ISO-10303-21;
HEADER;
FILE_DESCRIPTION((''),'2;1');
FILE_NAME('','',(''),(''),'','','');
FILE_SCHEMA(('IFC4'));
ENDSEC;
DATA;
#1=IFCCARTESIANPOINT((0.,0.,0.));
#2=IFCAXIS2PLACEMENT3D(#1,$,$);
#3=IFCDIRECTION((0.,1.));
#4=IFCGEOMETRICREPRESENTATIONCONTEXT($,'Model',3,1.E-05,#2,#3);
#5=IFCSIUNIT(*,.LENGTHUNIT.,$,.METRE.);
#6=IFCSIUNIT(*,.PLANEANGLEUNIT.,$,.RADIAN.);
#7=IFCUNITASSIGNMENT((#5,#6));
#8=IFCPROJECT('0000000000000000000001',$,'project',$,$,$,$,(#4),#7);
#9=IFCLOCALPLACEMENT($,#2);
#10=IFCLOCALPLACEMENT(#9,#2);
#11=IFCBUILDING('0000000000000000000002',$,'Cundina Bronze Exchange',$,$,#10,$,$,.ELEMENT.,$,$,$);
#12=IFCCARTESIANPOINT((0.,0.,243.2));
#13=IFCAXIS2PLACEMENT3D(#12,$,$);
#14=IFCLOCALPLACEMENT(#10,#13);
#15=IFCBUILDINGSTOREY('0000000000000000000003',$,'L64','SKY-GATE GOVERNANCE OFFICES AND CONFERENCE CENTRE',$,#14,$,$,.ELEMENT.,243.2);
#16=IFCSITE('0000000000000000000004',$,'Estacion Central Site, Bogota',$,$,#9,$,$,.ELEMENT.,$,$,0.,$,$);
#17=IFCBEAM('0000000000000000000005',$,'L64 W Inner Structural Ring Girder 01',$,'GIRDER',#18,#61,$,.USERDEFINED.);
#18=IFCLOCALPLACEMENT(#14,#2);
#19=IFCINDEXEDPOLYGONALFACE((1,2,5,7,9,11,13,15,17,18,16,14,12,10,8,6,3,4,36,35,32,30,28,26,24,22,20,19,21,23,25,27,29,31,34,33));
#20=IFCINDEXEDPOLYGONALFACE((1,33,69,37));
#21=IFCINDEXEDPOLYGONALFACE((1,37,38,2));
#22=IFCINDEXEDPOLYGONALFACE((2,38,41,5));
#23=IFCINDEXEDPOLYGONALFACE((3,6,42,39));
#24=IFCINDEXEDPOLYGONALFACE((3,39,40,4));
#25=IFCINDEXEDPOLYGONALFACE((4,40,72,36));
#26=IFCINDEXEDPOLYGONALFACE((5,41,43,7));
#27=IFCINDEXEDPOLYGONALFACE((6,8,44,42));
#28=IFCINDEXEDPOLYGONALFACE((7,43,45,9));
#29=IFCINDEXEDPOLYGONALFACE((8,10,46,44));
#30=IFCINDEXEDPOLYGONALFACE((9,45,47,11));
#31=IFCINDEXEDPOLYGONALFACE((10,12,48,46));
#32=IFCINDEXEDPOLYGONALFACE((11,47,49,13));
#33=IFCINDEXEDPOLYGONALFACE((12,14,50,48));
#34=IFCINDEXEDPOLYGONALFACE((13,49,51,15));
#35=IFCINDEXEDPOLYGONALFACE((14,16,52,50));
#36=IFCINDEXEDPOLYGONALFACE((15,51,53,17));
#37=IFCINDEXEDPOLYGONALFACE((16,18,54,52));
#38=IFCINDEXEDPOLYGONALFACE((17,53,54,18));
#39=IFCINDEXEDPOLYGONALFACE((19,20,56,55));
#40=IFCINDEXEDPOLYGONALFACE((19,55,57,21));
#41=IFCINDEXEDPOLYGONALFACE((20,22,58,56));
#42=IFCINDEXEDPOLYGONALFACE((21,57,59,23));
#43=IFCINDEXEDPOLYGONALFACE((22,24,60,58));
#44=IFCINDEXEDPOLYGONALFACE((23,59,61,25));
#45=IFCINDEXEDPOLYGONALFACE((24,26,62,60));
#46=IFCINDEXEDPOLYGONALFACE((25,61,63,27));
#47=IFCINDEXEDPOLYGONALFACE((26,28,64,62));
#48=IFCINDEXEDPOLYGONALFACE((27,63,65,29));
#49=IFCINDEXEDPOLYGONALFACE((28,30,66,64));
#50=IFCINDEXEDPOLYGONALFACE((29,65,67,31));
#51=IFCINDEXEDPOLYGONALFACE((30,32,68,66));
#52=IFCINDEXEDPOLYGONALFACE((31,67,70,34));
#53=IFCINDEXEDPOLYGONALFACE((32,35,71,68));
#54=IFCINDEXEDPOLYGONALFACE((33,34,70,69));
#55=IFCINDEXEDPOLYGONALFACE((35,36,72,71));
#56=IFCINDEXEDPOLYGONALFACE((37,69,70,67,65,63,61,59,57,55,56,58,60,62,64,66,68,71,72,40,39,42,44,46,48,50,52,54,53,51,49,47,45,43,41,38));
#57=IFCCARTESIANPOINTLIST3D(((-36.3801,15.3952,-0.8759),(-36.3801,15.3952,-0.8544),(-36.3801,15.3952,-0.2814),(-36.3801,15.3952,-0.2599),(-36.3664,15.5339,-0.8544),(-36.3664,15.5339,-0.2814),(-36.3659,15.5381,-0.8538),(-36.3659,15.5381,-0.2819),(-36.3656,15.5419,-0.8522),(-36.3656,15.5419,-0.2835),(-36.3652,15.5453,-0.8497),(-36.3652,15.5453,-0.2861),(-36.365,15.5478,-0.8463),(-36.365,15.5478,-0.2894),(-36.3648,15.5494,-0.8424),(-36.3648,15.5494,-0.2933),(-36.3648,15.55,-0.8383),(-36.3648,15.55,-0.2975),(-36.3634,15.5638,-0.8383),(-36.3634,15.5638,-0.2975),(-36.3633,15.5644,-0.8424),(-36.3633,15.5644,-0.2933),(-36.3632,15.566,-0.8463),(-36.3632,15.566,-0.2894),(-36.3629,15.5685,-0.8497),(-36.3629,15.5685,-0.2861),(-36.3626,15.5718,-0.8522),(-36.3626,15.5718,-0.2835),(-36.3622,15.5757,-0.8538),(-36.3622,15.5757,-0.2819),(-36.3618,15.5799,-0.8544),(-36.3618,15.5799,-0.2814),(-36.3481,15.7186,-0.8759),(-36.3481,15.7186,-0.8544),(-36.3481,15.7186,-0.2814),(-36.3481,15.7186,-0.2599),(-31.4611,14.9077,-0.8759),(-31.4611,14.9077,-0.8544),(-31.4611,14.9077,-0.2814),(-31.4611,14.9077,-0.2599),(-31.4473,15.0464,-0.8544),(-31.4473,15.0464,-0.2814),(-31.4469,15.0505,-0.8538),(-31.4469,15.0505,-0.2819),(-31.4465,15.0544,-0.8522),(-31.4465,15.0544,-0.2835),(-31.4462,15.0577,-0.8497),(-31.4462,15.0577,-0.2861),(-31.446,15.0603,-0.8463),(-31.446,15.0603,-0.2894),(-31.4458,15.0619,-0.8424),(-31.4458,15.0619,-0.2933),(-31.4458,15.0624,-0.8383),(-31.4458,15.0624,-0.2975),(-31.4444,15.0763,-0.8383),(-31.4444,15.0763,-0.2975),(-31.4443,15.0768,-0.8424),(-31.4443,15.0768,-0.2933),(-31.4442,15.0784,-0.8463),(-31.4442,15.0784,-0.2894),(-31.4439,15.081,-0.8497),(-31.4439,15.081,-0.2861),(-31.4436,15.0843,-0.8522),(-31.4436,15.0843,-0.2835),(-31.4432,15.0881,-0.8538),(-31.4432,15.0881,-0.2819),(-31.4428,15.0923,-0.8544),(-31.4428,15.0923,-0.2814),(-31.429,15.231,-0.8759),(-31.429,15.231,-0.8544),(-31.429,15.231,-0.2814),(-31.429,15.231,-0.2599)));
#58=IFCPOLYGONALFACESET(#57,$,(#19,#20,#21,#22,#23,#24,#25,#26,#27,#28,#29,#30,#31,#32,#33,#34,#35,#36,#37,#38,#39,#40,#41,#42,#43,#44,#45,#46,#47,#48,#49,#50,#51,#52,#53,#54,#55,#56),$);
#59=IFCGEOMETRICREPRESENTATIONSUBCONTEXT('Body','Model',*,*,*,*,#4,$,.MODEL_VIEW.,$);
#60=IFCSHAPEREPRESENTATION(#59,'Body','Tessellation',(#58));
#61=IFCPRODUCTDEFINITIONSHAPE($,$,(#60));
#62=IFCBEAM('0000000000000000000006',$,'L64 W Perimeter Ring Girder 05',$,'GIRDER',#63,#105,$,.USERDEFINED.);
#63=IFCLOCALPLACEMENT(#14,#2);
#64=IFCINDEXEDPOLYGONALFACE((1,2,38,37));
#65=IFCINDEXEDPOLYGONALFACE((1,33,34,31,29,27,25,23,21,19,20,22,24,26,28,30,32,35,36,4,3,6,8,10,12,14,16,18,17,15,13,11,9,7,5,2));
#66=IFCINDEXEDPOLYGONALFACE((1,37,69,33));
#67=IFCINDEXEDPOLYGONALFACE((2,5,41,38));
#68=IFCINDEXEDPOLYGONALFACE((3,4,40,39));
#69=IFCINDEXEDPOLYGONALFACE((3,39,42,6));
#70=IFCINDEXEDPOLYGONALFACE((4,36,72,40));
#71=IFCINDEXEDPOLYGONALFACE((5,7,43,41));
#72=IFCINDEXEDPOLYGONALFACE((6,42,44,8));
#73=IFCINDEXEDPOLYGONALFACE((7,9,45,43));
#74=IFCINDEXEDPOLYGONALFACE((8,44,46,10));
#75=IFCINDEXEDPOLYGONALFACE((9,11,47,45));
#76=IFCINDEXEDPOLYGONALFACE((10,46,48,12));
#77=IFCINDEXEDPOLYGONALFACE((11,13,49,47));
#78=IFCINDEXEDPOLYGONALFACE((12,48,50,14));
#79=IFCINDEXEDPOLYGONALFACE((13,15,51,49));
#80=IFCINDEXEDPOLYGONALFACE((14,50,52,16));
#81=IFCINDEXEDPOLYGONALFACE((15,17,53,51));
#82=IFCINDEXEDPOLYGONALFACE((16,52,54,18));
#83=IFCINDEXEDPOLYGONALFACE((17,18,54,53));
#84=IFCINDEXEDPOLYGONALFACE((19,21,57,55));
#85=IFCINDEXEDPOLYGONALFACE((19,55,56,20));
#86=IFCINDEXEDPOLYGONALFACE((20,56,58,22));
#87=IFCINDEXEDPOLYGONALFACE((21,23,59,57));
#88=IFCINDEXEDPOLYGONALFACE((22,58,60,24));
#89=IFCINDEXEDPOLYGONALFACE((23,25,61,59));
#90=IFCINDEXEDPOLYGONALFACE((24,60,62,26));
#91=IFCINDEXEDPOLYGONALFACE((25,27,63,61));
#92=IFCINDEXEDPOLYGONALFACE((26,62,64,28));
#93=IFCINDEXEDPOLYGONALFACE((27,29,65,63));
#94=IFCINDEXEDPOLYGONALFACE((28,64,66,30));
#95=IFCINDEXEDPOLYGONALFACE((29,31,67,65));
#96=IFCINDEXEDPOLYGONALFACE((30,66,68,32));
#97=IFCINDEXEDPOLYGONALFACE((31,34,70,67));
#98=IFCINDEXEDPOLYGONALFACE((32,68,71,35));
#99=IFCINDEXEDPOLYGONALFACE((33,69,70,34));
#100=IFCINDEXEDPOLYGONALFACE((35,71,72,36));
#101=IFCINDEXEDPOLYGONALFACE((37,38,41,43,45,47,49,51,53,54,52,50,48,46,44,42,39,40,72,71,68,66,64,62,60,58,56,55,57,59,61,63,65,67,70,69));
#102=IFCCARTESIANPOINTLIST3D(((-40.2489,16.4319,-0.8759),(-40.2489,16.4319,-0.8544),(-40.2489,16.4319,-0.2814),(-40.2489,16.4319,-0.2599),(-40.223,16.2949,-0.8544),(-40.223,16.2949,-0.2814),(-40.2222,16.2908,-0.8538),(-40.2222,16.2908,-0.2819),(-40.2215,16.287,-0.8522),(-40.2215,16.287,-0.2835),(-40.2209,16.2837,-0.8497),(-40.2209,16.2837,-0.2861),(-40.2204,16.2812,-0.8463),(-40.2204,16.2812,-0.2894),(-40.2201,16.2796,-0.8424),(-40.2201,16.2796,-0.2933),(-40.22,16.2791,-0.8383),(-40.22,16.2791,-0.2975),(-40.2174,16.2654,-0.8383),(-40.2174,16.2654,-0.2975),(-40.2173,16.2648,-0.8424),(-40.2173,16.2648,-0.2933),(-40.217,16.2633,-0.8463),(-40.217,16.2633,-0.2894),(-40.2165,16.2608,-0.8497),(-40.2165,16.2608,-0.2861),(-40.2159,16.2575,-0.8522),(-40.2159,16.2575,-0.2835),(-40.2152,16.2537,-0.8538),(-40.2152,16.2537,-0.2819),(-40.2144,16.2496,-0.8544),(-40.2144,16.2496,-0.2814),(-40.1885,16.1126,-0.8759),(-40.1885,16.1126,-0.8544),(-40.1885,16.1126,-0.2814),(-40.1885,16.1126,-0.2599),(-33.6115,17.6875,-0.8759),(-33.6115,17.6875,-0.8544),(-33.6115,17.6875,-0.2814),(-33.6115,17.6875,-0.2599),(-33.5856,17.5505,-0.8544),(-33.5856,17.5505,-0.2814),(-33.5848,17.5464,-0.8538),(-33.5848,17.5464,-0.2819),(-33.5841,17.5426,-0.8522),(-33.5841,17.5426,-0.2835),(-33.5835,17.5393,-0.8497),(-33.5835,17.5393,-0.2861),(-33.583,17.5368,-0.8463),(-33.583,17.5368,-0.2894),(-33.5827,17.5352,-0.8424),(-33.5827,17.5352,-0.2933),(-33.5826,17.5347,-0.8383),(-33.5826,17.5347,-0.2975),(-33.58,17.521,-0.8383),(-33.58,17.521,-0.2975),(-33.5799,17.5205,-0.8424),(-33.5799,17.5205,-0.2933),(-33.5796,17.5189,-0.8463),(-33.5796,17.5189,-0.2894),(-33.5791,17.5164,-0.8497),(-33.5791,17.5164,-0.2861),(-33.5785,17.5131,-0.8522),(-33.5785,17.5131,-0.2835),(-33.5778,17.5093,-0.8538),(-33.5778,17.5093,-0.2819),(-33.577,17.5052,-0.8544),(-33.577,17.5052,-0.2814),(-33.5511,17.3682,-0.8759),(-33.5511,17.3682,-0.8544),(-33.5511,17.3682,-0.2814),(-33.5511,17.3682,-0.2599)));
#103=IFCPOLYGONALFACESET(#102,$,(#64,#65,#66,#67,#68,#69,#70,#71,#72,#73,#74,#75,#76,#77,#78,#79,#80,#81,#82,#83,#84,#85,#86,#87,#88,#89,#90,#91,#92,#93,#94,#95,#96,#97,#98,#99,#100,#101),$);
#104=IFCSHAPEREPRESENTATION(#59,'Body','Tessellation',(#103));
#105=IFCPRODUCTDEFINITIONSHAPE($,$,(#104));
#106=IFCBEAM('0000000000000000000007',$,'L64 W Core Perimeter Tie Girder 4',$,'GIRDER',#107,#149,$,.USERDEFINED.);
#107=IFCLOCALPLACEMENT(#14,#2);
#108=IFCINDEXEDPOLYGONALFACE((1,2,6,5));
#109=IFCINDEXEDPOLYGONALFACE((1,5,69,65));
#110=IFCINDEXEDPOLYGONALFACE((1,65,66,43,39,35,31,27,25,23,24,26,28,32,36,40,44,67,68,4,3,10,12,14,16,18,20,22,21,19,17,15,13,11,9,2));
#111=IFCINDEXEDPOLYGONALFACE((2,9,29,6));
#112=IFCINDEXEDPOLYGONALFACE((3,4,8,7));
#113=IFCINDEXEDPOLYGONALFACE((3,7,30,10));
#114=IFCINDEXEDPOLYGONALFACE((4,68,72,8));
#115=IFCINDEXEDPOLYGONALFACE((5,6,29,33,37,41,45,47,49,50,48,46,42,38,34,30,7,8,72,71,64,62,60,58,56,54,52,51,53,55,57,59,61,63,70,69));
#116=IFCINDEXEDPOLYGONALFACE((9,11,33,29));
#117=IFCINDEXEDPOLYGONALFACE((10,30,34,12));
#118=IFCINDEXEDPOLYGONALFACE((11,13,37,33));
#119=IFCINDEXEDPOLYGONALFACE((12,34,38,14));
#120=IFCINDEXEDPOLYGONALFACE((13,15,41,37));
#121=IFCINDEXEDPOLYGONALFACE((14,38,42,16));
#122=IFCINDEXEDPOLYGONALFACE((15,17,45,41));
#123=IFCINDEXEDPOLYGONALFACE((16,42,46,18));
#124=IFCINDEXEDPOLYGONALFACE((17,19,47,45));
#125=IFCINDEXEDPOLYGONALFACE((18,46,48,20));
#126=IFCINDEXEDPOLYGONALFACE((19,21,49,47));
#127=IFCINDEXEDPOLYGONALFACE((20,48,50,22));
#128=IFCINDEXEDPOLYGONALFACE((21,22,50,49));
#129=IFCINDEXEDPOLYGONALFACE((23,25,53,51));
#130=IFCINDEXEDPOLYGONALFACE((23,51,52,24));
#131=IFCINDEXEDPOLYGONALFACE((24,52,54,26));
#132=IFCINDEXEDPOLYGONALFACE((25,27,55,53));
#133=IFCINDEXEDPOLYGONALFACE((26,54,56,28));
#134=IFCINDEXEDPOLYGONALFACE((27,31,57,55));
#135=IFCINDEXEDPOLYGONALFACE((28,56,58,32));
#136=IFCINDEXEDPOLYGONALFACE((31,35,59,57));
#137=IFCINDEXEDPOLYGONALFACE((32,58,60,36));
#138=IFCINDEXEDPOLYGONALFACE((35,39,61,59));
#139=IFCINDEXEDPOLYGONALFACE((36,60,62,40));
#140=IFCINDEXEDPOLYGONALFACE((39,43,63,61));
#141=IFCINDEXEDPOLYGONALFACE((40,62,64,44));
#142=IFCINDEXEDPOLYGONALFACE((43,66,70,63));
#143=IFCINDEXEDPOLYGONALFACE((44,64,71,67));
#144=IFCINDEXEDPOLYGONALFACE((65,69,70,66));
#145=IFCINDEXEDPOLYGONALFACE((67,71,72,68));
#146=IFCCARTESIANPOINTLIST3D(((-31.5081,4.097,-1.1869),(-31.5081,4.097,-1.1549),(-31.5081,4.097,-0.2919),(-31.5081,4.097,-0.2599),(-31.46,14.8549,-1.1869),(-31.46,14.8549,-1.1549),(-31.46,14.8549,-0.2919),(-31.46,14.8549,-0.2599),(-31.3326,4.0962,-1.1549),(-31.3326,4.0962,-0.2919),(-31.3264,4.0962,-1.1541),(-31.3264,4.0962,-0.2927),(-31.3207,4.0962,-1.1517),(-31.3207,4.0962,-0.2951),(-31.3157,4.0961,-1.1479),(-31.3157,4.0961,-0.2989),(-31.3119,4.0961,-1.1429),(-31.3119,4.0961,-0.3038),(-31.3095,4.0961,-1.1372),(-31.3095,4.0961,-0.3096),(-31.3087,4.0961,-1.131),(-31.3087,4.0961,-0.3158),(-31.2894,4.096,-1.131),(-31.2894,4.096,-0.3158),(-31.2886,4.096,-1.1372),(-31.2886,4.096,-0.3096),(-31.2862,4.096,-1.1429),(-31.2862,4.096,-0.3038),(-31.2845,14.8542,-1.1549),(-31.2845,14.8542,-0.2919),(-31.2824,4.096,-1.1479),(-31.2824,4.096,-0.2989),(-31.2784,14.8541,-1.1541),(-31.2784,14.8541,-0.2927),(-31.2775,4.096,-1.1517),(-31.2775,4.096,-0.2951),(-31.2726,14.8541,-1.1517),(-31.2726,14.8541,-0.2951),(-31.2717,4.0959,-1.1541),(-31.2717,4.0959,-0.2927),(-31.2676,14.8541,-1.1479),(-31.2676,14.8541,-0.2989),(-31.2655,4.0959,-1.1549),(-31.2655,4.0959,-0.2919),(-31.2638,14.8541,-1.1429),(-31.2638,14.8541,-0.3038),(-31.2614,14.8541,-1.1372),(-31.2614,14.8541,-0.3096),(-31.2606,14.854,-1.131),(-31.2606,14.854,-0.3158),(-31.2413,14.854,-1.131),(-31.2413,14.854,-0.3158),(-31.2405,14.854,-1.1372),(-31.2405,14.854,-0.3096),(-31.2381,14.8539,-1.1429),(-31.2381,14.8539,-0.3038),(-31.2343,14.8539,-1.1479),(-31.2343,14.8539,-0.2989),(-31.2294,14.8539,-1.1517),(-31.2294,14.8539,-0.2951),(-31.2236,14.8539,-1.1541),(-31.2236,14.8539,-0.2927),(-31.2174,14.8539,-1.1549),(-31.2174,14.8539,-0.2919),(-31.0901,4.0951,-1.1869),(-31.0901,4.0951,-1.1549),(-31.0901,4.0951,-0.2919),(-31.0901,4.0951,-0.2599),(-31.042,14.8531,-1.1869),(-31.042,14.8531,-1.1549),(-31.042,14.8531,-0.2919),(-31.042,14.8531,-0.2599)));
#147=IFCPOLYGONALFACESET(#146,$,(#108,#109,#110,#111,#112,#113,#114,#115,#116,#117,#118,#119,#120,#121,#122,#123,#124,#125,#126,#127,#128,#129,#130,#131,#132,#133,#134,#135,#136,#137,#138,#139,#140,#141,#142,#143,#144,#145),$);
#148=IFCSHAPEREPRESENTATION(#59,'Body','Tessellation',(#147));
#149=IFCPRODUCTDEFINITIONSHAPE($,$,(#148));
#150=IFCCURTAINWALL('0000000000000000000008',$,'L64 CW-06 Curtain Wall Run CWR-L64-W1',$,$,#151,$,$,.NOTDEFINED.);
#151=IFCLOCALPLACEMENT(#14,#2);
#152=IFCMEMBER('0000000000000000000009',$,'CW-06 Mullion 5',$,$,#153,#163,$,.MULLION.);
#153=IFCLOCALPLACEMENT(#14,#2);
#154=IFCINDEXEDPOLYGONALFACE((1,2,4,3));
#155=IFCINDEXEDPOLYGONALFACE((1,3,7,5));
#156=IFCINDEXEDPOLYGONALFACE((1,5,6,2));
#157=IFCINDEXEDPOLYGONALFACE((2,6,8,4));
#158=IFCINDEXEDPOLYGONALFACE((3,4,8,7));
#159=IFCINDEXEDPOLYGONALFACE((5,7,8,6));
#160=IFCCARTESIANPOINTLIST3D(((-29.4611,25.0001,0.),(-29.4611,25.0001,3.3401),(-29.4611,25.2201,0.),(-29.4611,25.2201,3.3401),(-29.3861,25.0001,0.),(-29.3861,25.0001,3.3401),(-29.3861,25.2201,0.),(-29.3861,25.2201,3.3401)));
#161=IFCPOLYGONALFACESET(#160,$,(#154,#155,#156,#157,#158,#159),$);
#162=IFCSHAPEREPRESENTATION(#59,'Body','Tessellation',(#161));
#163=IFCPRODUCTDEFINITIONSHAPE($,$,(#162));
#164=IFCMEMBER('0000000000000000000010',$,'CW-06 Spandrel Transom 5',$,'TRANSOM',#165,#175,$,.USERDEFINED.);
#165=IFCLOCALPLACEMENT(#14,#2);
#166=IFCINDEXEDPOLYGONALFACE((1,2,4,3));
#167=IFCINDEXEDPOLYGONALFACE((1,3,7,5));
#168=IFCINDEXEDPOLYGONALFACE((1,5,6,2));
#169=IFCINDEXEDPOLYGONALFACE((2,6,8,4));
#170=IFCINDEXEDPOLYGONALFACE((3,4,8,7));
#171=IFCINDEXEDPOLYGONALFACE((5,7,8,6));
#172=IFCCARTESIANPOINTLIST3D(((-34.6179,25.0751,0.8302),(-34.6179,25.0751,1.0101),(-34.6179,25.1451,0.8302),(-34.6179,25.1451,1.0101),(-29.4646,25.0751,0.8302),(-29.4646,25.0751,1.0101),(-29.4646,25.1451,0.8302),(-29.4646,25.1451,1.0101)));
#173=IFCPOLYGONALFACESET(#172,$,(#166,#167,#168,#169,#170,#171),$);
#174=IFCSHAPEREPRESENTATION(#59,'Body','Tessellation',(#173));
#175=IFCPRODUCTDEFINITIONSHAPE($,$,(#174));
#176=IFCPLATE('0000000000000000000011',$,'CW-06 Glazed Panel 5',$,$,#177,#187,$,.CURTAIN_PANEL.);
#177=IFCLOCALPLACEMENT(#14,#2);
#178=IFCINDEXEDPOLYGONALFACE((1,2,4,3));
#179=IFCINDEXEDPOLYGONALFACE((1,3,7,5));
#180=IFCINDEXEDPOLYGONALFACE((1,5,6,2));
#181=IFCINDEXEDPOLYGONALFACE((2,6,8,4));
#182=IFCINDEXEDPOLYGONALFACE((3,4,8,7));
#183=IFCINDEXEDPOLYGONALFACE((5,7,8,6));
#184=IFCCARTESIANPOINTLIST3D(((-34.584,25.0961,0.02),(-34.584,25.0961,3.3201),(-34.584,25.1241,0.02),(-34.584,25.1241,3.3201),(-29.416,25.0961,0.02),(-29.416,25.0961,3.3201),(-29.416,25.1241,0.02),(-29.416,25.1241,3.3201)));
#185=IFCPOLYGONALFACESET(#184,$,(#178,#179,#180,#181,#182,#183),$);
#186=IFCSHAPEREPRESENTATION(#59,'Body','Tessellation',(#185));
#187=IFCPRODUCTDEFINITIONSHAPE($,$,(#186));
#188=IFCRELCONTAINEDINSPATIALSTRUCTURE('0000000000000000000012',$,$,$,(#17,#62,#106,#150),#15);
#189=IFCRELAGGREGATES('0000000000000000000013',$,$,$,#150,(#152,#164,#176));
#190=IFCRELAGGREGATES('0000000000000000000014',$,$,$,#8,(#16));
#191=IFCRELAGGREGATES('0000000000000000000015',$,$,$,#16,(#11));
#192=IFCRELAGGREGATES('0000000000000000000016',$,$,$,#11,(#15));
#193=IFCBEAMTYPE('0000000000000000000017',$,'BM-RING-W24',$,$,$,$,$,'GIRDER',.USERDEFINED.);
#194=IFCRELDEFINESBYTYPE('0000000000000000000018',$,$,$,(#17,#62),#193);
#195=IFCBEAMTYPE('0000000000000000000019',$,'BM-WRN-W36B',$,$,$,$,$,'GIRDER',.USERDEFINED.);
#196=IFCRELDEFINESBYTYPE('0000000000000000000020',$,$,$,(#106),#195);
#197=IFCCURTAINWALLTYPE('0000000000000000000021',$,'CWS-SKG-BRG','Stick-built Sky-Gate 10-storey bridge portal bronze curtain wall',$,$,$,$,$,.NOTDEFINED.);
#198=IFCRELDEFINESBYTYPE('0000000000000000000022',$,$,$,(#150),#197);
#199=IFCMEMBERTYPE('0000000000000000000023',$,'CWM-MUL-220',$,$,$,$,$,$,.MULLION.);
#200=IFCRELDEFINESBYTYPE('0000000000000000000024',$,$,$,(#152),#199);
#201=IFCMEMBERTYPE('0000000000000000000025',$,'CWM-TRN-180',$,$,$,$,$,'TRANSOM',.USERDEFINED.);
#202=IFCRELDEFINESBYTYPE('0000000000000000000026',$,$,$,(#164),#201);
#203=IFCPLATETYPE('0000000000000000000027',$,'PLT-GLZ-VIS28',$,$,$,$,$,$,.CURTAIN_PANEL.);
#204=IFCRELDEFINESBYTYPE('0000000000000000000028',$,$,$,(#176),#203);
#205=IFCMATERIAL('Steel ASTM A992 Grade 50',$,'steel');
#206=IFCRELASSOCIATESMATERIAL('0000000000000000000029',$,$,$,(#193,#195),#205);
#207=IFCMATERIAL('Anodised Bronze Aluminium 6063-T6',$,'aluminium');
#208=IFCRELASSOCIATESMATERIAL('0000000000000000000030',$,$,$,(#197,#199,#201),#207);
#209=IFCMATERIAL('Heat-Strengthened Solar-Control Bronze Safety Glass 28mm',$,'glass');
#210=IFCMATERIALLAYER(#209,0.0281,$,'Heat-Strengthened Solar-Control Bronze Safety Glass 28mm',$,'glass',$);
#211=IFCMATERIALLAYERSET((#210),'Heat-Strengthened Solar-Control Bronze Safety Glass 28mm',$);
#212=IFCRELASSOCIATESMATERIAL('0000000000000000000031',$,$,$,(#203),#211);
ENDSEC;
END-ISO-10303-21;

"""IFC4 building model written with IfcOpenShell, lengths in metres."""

from ifc_helpers import new_model, si_unit, direction, frame, origin, origin_2d, place, context, subcontext, project, spatial, rectangle, i_section, extrude, material, layer, layer_set, material_profile, profile_set, type_object, element, aggregate, save


model = new_model("IFC4")

# Units and contexts
model_context = context("Model", 3, precision=1e-05, world=origin(), true_north=direction((0.0, 1.0)))
body_context = subcontext(model_context, "Body", "Model", "MODEL_VIEW")
ifc_project = project(units=[si_unit("LENGTHUNIT", "METRE"), si_unit("PLANEANGLEUNIT", "RADIAN")], contexts=[model_context])

# Site, building, storey
site_placement = place(None, origin())
site = spatial("IfcSite", under=ifc_project, at=site_placement, Name="Estacion Central Site, Bogota", CompositionType="ELEMENT", RefElevation=0.0)
building_placement = place(site_placement, origin())
building = spatial("IfcBuilding", under=site, at=building_placement, Name="Cundina Bronze Exchange", CompositionType="ELEMENT")
storey_placement = place(building_placement, frame((0.0, 0.0, 243.2)))
storey = spatial("IfcBuildingStorey", under=building, at=storey_placement, Name="L64", Description="SKY-GATE GOVERNANCE OFFICES AND CONFERENCE CENTRE", CompositionType="ELEMENT", Elevation=243.2)

# Shared definitions
ifc_material_1 = material(Name="Steel ASTM A992 Grade 50", Category="steel")

# Beams
ifc_material_profile_1 = material_profile(ifc_material_1, i_section(OverallWidth=0.325, OverallDepth=0.616, WebThickness=0.0139, FlangeThickness=0.0215, FilletRadius=0.0161, at=origin_2d()), Name="W24X117", Category="steel")
ifc_profile_set_1 = profile_set([ifc_material_profile_1], Name="Steel ASTM A992 Grade 50")
beam_type_1 = type_object("IfcBeamType", Name="BM-RING-W24", ElementType="GIRDER", PredefinedType="USERDEFINED", material=ifc_profile_set_1)
beam_1_placement = place(storey_placement, frame((-31.4451, 15.0693, -0.5679), z_axis=(-0.995124, 0.098633, 0.0), x_axis=(-0.098633, -0.995124, 0.0)))
element("IfcBeam", 1, at=beam_1_placement, inside=storey, type_object=beam_type_1, Name="L64 W Inner Structural Ring Girder 01", ObjectType="GIRDER", PredefinedType="USERDEFINED", context=body_context, shape_type="SweptSolid", body=[
    extrude(i_section(OverallWidth=0.325, OverallDepth=0.616, WebThickness=0.0139, FlangeThickness=0.0215, FilletRadius=0.0161, at=origin_2d()), origin(), (0.0, 0.0, 1.0), 4.9431),
])
beam_2_placement = place(storey_placement, frame((-33.5813, 17.5278, -0.5679), z_axis=(-0.982573, -0.185875, 0.0), x_axis=(0.185875, -0.982573, 0.0)))
element("IfcBeam", 2, at=beam_2_placement, inside=storey, type_object=beam_type_1, Name="L64 W Perimeter Ring Girder 05", ObjectType="GIRDER", PredefinedType="USERDEFINED", context=body_context, shape_type="SweptSolid", body=[
    extrude(i_section(OverallWidth=0.325, OverallDepth=0.616, WebThickness=0.0139, FlangeThickness=0.0215, FilletRadius=0.0161, at=origin_2d()), origin(), (0.0, 0.0, 1.0), 6.7551),
])
ifc_material_profile_2 = material_profile(ifc_material_1, i_section(OverallWidth=0.418, OverallDepth=0.927, WebThickness=0.0193, FlangeThickness=0.032, FilletRadius=0.0239, at=origin_2d()), Name="W36X231", Category="steel")
ifc_profile_set_2 = profile_set([ifc_material_profile_2], Name="Steel ASTM A992 Grade 50")
beam_type_2 = type_object("IfcBeamType", Name="BM-WRN-W36B", ElementType="GIRDER", PredefinedType="USERDEFINED", material=ifc_profile_set_2)
beam_3_placement = place(storey_placement, frame((-31.251, 14.854, -0.7234), z_axis=(-0.004471, -0.99999, 0.0), x_axis=(0.99999, -0.004471, 0.0)))
element("IfcBeam", 3, at=beam_3_placement, inside=storey, type_object=beam_type_2, Name="L64 W Core Perimeter Tie Girder 4", ObjectType="GIRDER", PredefinedType="USERDEFINED", context=body_context, shape_type="SweptSolid", body=[
    extrude(i_section(OverallWidth=0.418, OverallDepth=0.927, WebThickness=0.0193, FlangeThickness=0.032, FilletRadius=0.0239, at=origin_2d()), origin(), (0.0, 0.0, 1.0), 10.7581),
])

# Curtain wall, members, plate
ifc_material_2 = material(Name="Anodised Bronze Aluminium 6063-T6", Category="aluminium")
curtain_wall_type = type_object("IfcCurtainWallType", Name="CWS-SKG-BRG", Description="Stick-built Sky-Gate 10-storey bridge portal bronze curtain wall", PredefinedType="NOTDEFINED", material=ifc_material_2)
curtain_wall_placement = place(storey_placement, origin())
curtain_wall = element("IfcCurtainWall", 4, at=curtain_wall_placement, inside=storey, type_object=curtain_wall_type, Name="L64 CW-06 Curtain Wall Run CWR-L64-W1", PredefinedType="NOTDEFINED")
ifc_material_profile_3 = material_profile(ifc_material_2, rectangle(XDim=0.075, YDim=0.22, at=origin_2d()), Name="AL75X220", Category="aluminium")
ifc_profile_set_3 = profile_set([ifc_material_profile_3], Name="Anodised Bronze Aluminium 6063-T6")
member_type_1 = type_object("IfcMemberType", Name="CWM-MUL-220", PredefinedType="MULLION", material=ifc_profile_set_3)
member_1_placement = place(storey_placement, frame((-29.4236, 25.1101, 0.0), z_axis=(0.0, 0.0, 1.0), x_axis=(-1.0, 0.0, 0.0)))
member_1 = element("IfcMember", 5, at=member_1_placement, type_object=member_type_1, Name="CW-06 Mullion 5", PredefinedType="MULLION", context=body_context, shape_type="SweptSolid", body=[
    extrude(rectangle(XDim=0.075, YDim=0.22, at=origin_2d()), origin(), (0.0, 0.0, 1.0), 3.3401),
])
ifc_material_profile_4 = material_profile(ifc_material_2, rectangle(XDim=0.0701, YDim=0.1799, at=origin_2d()), Name="AL70X180", Category="aluminium")
ifc_profile_set_4 = profile_set([ifc_material_profile_4], Name="Anodised Bronze Aluminium 6063-T6")
member_type_2 = type_object("IfcMemberType", Name="CWM-TRN-180", ElementType="TRANSOM", PredefinedType="USERDEFINED", material=ifc_profile_set_4)
member_2_placement = place(storey_placement, frame((-29.4646, 25.1101, 0.9202), z_axis=(-1.0, 0.0, 0.0), x_axis=(0.0, -1.0, 0.0)))
member_2 = element("IfcMember", 6, at=member_2_placement, type_object=member_type_2, Name="CW-06 Spandrel Transom 5", ObjectType="TRANSOM", PredefinedType="USERDEFINED", context=body_context, shape_type="SweptSolid", body=[
    extrude(rectangle(XDim=0.0701, YDim=0.1799, at=origin_2d()), origin(), (0.0, 0.0, 1.0), 5.1533),
])
ifc_material_3 = material(Name="Heat-Strengthened Solar-Control Bronze Safety Glass 28mm", Category="glass")
ifc_layer_1 = layer(ifc_material_3, 0.0281, Name="Heat-Strengthened Solar-Control Bronze Safety Glass 28mm", Category="glass")
ifc_layer_set_1 = layer_set([ifc_layer_1], Name="Heat-Strengthened Solar-Control Bronze Safety Glass 28mm")
plate_type = type_object("IfcPlateType", Name="PLT-GLZ-VIS28", PredefinedType="CURTAIN_PANEL", material=ifc_layer_set_1)
plate_placement = place(storey_placement, frame((-32.0, 25.1101, 0.02), z_axis=(0.0, 0.0, 1.0), x_axis=(-1.0, 0.0, 0.0)))
plate = element("IfcPlate", 7, at=plate_placement, type_object=plate_type, Name="CW-06 Glazed Panel 5", PredefinedType="CURTAIN_PANEL", context=body_context, shape_type="SweptSolid", body=[
    extrude(rectangle(XDim=5.168, YDim=0.0281, at=origin_2d()), origin(), (0.0, 0.0, 1.0), 3.3),
])
aggregate(curtain_wall, [member_1, member_2, plate])

save(model, "model.ifc")
